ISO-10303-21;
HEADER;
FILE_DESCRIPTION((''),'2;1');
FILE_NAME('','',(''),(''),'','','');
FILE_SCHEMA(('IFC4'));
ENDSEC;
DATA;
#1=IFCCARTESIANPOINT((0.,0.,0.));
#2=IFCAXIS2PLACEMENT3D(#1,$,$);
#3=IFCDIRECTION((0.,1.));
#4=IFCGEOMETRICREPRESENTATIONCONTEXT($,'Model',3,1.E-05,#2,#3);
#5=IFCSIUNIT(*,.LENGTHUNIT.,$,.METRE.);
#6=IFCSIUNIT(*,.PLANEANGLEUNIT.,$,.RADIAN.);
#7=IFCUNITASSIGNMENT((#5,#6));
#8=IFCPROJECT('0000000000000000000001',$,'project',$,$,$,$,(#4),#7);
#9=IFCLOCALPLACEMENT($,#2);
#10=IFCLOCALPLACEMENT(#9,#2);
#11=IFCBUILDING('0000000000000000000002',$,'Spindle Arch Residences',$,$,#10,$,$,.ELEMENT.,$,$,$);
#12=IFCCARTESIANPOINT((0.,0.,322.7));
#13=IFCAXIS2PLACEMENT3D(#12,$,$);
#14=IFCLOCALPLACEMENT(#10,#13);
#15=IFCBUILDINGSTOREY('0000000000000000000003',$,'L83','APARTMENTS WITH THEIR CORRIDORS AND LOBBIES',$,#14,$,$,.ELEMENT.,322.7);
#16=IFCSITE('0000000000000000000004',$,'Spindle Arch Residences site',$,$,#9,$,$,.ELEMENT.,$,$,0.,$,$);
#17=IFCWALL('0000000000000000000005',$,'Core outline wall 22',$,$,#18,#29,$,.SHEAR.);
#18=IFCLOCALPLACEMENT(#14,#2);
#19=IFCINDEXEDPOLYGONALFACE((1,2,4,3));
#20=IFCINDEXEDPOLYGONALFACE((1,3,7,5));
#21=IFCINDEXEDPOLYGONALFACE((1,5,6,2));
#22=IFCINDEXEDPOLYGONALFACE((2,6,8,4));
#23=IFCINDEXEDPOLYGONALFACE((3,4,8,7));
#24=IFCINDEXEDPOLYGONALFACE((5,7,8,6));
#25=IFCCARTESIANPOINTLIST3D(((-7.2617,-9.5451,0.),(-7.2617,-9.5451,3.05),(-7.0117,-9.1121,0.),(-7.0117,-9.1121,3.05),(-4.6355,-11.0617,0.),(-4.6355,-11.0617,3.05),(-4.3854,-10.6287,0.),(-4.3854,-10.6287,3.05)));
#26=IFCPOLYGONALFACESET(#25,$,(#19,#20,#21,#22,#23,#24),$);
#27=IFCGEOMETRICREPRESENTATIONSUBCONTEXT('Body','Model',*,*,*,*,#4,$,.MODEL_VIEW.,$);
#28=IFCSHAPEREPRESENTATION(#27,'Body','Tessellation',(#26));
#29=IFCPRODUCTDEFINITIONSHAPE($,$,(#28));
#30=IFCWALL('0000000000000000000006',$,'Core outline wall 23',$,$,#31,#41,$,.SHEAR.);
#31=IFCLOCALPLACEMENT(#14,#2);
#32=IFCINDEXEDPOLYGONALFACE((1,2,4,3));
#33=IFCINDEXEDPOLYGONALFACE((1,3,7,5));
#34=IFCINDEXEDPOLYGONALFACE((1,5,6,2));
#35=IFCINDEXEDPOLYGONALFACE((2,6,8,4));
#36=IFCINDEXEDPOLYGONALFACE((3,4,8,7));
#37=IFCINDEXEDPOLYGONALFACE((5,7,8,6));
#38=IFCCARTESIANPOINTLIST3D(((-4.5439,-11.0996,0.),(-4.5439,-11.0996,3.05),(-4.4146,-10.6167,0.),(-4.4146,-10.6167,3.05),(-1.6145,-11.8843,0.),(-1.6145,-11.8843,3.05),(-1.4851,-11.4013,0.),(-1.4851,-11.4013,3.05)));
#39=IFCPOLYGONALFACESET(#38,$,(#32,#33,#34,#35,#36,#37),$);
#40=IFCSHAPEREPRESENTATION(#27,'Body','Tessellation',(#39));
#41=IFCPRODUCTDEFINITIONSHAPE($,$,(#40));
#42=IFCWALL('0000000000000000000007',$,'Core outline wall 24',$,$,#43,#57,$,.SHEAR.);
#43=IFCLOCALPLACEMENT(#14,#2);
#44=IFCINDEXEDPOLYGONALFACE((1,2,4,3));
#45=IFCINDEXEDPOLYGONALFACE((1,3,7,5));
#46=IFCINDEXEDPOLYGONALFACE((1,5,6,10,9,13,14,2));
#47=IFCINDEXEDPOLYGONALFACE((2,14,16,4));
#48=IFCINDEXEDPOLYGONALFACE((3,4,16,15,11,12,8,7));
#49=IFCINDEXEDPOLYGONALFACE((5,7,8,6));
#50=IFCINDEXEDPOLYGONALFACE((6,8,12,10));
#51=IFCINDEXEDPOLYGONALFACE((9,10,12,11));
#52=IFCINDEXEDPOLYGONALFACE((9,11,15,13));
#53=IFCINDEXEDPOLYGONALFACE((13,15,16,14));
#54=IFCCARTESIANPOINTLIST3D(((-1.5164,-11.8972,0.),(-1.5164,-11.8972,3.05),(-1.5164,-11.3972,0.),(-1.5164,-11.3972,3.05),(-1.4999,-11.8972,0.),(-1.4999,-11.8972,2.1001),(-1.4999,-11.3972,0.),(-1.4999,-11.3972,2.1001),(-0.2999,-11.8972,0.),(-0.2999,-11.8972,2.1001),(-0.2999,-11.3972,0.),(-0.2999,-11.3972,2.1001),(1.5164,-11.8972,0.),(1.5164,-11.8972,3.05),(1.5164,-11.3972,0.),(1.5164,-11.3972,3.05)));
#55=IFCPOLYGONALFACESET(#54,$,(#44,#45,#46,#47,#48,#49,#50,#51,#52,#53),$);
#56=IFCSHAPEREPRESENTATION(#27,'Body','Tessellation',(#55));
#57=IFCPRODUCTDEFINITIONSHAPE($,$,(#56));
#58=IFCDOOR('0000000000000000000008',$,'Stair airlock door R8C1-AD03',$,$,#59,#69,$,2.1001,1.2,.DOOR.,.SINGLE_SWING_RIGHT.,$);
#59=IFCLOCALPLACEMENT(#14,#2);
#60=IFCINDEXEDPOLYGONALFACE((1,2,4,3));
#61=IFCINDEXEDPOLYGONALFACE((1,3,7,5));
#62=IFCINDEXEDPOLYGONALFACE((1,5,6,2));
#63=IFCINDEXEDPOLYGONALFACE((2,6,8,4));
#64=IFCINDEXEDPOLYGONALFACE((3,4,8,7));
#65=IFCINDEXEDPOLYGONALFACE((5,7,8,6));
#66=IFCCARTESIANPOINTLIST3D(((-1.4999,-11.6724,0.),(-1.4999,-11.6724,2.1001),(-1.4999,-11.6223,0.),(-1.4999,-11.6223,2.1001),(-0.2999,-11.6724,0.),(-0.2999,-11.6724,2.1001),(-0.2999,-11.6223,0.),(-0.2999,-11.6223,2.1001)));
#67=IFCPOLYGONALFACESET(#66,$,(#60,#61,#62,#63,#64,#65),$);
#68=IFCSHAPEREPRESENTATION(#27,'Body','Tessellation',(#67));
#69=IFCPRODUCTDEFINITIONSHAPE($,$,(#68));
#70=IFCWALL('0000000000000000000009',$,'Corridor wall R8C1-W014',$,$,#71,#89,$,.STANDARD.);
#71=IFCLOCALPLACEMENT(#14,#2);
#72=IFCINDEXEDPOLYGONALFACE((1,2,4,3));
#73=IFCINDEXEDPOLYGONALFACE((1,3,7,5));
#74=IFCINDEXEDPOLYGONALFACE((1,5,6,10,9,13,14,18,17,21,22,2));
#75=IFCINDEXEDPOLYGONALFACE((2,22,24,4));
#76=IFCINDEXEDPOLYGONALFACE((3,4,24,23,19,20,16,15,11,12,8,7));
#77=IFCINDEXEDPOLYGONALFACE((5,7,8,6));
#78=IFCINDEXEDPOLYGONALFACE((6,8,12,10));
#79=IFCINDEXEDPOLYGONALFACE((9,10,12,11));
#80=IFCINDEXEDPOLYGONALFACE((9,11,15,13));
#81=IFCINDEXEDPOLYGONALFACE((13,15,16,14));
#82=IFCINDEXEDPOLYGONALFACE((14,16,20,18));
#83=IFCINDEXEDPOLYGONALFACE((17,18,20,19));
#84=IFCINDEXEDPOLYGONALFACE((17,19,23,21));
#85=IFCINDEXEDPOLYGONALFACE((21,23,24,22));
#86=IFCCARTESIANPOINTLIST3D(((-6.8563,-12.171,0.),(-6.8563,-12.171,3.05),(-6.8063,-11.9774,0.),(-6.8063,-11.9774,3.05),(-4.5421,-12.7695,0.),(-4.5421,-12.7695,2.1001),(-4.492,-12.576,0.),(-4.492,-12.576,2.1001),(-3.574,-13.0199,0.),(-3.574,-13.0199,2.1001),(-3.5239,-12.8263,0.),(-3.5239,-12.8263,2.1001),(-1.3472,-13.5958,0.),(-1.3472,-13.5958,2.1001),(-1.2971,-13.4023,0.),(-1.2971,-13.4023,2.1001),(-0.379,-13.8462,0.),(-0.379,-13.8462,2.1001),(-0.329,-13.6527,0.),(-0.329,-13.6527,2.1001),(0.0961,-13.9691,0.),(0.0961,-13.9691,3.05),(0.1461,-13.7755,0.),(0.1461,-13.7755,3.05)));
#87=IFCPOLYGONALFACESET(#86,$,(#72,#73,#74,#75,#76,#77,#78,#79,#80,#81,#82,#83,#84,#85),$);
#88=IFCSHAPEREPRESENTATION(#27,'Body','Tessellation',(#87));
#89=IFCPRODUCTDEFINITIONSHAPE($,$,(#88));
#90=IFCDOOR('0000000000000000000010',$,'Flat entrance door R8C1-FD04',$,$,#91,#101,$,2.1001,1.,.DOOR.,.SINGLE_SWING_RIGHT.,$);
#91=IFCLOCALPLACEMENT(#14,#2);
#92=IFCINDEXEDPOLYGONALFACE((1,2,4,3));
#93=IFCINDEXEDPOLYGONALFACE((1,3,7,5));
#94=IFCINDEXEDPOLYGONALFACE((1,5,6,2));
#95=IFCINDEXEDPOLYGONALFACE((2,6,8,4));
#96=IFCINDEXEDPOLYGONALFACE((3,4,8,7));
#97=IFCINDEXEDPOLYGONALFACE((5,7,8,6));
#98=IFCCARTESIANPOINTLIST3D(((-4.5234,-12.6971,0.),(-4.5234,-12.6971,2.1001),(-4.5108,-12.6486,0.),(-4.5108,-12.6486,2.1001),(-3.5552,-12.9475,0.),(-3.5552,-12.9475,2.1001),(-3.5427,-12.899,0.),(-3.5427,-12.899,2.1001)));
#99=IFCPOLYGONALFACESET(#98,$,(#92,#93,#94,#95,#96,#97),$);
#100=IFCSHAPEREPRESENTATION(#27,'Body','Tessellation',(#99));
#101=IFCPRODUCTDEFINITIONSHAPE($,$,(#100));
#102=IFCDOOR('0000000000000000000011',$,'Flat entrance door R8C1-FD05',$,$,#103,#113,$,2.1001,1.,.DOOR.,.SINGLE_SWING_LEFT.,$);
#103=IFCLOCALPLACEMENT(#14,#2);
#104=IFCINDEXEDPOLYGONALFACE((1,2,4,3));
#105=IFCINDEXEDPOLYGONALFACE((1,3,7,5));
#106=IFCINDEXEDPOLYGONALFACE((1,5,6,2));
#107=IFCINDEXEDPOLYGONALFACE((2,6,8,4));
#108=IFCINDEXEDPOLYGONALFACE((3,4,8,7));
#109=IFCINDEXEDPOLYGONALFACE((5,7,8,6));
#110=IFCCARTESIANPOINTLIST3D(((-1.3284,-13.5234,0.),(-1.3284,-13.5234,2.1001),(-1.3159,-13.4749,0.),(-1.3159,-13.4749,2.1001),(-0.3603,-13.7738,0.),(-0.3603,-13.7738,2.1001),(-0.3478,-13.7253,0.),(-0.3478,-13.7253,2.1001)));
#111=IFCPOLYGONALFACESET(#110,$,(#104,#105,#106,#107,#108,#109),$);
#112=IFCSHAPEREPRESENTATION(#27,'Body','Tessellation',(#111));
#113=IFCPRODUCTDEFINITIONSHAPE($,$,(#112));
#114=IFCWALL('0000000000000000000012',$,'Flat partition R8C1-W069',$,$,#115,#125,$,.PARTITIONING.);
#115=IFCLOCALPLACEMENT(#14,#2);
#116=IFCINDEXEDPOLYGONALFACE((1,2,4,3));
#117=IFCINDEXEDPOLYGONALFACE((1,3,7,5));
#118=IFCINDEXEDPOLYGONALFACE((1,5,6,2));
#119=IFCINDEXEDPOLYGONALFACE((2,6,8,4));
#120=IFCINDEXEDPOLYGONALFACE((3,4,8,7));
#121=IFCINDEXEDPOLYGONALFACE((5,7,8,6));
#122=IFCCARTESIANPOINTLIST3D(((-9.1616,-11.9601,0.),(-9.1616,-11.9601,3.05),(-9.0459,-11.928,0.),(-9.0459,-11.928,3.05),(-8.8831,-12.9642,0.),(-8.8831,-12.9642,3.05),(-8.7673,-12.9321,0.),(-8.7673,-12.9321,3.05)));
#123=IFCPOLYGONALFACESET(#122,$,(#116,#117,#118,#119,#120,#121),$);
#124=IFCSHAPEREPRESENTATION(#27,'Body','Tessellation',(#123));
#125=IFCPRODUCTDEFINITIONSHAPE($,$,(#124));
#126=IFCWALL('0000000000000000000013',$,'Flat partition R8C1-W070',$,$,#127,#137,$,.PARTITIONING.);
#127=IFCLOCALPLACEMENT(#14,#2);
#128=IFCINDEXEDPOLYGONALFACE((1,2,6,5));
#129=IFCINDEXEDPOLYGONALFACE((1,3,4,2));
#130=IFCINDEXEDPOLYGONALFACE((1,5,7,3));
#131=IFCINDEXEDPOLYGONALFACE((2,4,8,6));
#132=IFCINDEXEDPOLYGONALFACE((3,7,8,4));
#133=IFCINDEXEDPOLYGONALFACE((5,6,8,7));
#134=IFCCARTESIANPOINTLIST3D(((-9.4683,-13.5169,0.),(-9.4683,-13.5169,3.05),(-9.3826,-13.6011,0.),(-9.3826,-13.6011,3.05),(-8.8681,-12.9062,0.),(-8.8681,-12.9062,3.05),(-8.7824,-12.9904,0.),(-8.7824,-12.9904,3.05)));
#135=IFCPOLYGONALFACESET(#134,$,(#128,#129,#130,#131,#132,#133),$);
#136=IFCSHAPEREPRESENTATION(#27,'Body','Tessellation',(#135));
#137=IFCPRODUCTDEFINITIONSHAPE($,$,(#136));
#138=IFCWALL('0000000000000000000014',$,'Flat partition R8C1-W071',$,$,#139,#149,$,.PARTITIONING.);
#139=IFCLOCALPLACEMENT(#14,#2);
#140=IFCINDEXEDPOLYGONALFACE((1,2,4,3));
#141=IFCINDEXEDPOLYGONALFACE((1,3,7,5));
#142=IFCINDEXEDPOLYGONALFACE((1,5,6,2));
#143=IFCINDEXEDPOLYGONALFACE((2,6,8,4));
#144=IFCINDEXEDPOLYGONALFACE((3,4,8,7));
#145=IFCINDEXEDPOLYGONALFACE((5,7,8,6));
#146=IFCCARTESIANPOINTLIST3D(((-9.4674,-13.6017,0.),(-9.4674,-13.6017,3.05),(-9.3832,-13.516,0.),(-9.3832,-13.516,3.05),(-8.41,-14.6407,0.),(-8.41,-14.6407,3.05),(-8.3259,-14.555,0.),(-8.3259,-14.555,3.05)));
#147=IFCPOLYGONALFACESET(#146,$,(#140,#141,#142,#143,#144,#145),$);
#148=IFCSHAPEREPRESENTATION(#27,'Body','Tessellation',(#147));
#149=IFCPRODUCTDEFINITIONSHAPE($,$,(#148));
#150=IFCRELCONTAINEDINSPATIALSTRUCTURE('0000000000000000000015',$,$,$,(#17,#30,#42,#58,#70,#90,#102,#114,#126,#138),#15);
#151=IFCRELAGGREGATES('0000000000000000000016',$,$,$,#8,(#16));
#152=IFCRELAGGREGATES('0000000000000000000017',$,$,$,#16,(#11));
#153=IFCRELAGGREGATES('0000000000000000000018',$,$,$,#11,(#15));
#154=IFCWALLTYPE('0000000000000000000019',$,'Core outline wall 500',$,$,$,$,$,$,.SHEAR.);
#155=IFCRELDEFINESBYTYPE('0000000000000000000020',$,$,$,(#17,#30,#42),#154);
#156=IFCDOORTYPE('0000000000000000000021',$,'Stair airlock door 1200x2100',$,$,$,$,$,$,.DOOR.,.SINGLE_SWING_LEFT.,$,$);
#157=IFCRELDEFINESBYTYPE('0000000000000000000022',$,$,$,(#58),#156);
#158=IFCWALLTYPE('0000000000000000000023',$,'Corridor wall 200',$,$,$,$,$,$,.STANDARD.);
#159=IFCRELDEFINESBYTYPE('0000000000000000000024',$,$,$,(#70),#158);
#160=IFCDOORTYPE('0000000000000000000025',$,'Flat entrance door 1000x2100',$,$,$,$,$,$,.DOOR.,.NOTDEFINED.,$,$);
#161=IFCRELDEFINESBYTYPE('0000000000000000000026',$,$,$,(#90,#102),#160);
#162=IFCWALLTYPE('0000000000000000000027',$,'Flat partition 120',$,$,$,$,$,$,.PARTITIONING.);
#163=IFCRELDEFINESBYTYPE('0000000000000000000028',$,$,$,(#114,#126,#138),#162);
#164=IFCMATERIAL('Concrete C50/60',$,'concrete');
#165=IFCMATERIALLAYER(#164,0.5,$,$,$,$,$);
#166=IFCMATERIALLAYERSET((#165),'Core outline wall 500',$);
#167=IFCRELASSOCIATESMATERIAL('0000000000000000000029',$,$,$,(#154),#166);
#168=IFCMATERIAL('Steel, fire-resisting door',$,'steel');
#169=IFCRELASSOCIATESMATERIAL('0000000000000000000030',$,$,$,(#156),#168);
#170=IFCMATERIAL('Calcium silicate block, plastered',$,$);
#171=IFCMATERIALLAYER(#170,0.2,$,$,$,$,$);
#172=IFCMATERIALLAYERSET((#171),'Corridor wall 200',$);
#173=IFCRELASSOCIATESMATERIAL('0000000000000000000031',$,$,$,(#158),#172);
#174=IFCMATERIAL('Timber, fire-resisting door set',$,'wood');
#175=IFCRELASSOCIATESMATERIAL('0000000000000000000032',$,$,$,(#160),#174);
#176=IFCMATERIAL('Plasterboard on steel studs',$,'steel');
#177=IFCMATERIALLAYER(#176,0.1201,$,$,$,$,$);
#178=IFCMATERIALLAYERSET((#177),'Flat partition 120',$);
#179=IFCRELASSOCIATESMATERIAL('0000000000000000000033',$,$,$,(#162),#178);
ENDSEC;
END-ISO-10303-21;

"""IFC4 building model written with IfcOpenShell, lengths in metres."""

from ifc_helpers import new_model, si_unit, direction, frame, frame_2d, origin, place, context, subcontext, project, spatial, rectangle, extrude, material, layer, layer_set, type_object, element, fill, save


model = new_model("IFC4")

# Units and contexts
model_context = context("Model", 3, precision=1e-05, world=origin(), true_north=direction((0.0, 1.0)))
body_context = subcontext(model_context, "Body", "Model", "MODEL_VIEW")
ifc_project = project(units=[si_unit("LENGTHUNIT", "METRE"), si_unit("PLANEANGLEUNIT", "RADIAN")], contexts=[model_context])

# Site, building, storey
site_placement = place(None, origin())
site = spatial("IfcSite", under=ifc_project, at=site_placement, Name="Spindle Arch Residences site", CompositionType="ELEMENT", RefElevation=0.0)
building_placement = place(site_placement, origin())
building = spatial("IfcBuilding", under=site, at=building_placement, Name="Spindle Arch Residences", CompositionType="ELEMENT")
storey_placement = place(building_placement, frame((0.0, 0.0, 322.7)))
storey = spatial("IfcBuildingStorey", under=building, at=storey_placement, Name="L83", Description="APARTMENTS WITH THEIR CORRIDORS AND LOBBIES", CompositionType="ELEMENT", Elevation=322.7)

# Walls
ifc_material_1 = material(Name="Concrete C50/60", Category="concrete")
ifc_layer_1 = layer(ifc_material_1, 0.5)
ifc_layer_set_1 = layer_set([ifc_layer_1], Name="Core outline wall 500")
wall_type_1 = type_object("IfcWallType", Name="Core outline wall 500", PredefinedType="SHEAR", material=ifc_layer_set_1)
for number, where, z_axis, x_axis, name in (
    (1, (-7.1367, -9.3286, 0.0), (0.0, 0.0, 1.0), (0.865975, -0.500087, 0.0), "Core outline wall 22"),
    (2, (-4.4792, -10.8582, 0.0), (0.0, 0.0, 1.0), (0.965948, -0.258735, 0.0), "Core outline wall 23"),
):
    element("IfcWall", number, at=place(storey_placement, frame(where, z_axis=z_axis, x_axis=x_axis)), inside=storey, type_object=wall_type_1, Name=name, PredefinedType="SHEAR", context=body_context, shape_type="SweptSolid", body=[
        extrude(rectangle(XDim=3.0327, YDim=0.5, at=frame_2d((1.5164, 0.0))), origin(), (0.0, 0.0, 1.0), 3.05),
    ])

# Wall, opening, door
wall_1_placement = place(storey_placement, frame((-1.5164, -11.6472, 0.0), z_axis=(0.0, 0.0, 1.0), x_axis=(1.0, 0.0, 0.0)))
wall_1 = element("IfcWall", 3, at=wall_1_placement, inside=storey, type_object=wall_type_1, Name="Core outline wall 24", PredefinedType="SHEAR", context=body_context, shape_type="SweptSolid", body=[
    extrude(rectangle(XDim=3.0327, YDim=0.5, at=frame_2d((1.5164, 0.0))), origin(), (0.0, 0.0, 1.0), 3.05),
])
opening_1_placement = place(wall_1_placement, frame((0.0164, 0.0, 0.0)))
opening_1 = element("IfcOpeningElement", 4, at=opening_1_placement, cuts=wall_1, PredefinedType="OPENING", context=body_context, shape_type="SweptSolid", body=[
    extrude(rectangle(XDim=1.2, YDim=2.1001, at=frame_2d((0.6001, 1.05))), frame((0.0, 0.26, 0.0), z_axis=(0.0, -1.0, 0.0), x_axis=(1.0, 0.0, 0.0)), (0.0, 0.0, 1.0), 0.52),
])
ifc_material_2 = material(Name="Steel, fire-resisting door", Category="steel")
door_type_1 = type_object("IfcDoorType", Name="Stair airlock door 1200x2100", OperationType="SINGLE_SWING_LEFT", PredefinedType="DOOR", material=ifc_material_2)
door_1_placement = place(opening_1_placement, origin())
door_1 = element("IfcDoor", 5, at=door_1_placement, inside=storey, type_object=door_type_1, Name="Stair airlock door R8C1-AD03", OperationType="SINGLE_SWING_RIGHT", OverallHeight=2.1001, OverallWidth=1.2, PredefinedType="DOOR", context=body_context, shape_type="SweptSolid", body=[
    extrude(rectangle(XDim=1.2, YDim=2.1001, at=frame_2d((0.6001, 1.05))), frame((0.0, 0.0249, 0.0), z_axis=(0.0, -1.0, 0.0), x_axis=(1.0, 0.0, 0.0)), (0.0, 0.0, 1.0), 0.05),
])
fill(opening_1, door_1)

# Wall, openings, doors
ifc_material_3 = material(Name="Calcium silicate block, plastered")
ifc_layer_2 = layer(ifc_material_3, 0.2)
ifc_layer_set_2 = layer_set([ifc_layer_2], Name="Corridor wall 200")
wall_type_2 = type_object("IfcWallType", Name="Corridor wall 200", PredefinedType="STANDARD", material=ifc_layer_set_2)
wall_2_placement = place(storey_placement, frame((-6.8313, -12.0742, 0.0), z_axis=(0.0, 0.0, 1.0), x_axis=(0.968145, -0.250391, 0.0)))
wall_2 = element("IfcWall", 6, at=wall_2_placement, inside=storey, type_object=wall_type_2, Name="Corridor wall R8C1-W014", PredefinedType="STANDARD", context=body_context, shape_type="SweptSolid", body=[
    extrude(rectangle(XDim=7.1812, YDim=0.2, at=frame_2d((3.5906, 0.0))), origin(), (0.0, 0.0, 1.0), 3.05),
])
opening_2_placement = place(wall_2_placement, frame((2.3904, 0.0, 0.0)))
opening_2 = element("IfcOpeningElement", 7, at=opening_2_placement, cuts=wall_2, PredefinedType="OPENING", context=body_context, shape_type="SweptSolid", body=[
    extrude(rectangle(XDim=1.0, YDim=2.1001, at=frame_2d((0.5, 1.05))), frame((0.0, 0.1099, 0.0), z_axis=(0.0, -1.0, 0.0), x_axis=(1.0, 0.0, 0.0)), (0.0, 0.0, 1.0), 0.22),
])
opening_3_placement = place(wall_2_placement, frame((5.6904, 0.0, 0.0)))
opening_3 = element("IfcOpeningElement", 8, at=opening_3_placement, cuts=wall_2, PredefinedType="OPENING", context=body_context, shape_type="SweptSolid", body=[
    extrude(rectangle(XDim=1.0, YDim=2.1001, at=frame_2d((0.5, 1.05))), frame((0.0, 0.1099, 0.0), z_axis=(0.0, -1.0, 0.0), x_axis=(1.0, 0.0, 0.0)), (0.0, 0.0, 1.0), 0.22),
])
ifc_material_4 = material(Name="Timber, fire-resisting door set", Category="wood")
door_type_2 = type_object("IfcDoorType", Name="Flat entrance door 1000x2100", OperationType="NOTDEFINED", PredefinedType="DOOR", material=ifc_material_4)
door_2_placement = place(opening_2_placement, origin())
door_2 = element("IfcDoor", 9, at=door_2_placement, inside=storey, type_object=door_type_2, Name="Flat entrance door R8C1-FD04", OperationType="SINGLE_SWING_RIGHT", OverallHeight=2.1001, OverallWidth=1.0, PredefinedType="DOOR", context=body_context, shape_type="SweptSolid", body=[
    extrude(rectangle(XDim=1.0, YDim=2.1001, at=frame_2d((0.5, 1.05))), frame((0.0, 0.0249, 0.0), z_axis=(0.0, -1.0, 0.0), x_axis=(1.0, 0.0, 0.0)), (0.0, 0.0, 1.0), 0.05),
])
fill(opening_2, door_2)
door_3_placement = place(opening_3_placement, origin())
door_3 = element("IfcDoor", 10, at=door_3_placement, inside=storey, type_object=door_type_2, Name="Flat entrance door R8C1-FD05", OperationType="SINGLE_SWING_LEFT", OverallHeight=2.1001, OverallWidth=1.0, PredefinedType="DOOR", context=body_context, shape_type="SweptSolid", body=[
    extrude(rectangle(XDim=1.0, YDim=2.1001, at=frame_2d((0.5, 1.05))), frame((0.0, 0.0249, 0.0), z_axis=(0.0, -1.0, 0.0), x_axis=(1.0, 0.0, 0.0)), (0.0, 0.0, 1.0), 0.05),
])
fill(opening_3, door_3)

# Walls
ifc_material_5 = material(Name="Plasterboard on steel studs", Category="steel")
ifc_layer_3 = layer(ifc_material_5, 0.1201)
ifc_layer_set_3 = layer_set([ifc_layer_3], Name="Flat partition 120")
wall_type_3 = type_object("IfcWallType", Name="Flat partition 120", PredefinedType="PARTITIONING", material=ifc_layer_set_3)
wall_3_placement = place(storey_placement, frame((-9.1038, -11.9441, 0.0), z_axis=(0.0, 0.0, 1.0), x_axis=(0.267318, -0.963608, 0.0)))
element("IfcWall", 11, at=wall_3_placement, inside=storey, type_object=wall_type_3, Name="Flat partition R8C1-W069", PredefinedType="PARTITIONING", context=body_context, shape_type="SweptSolid", body=[
    extrude(rectangle(XDim=1.042, YDim=0.1201, at=frame_2d((0.521, 0.0))), origin(), (0.0, 0.0, 1.0), 3.05),
])
wall_4_placement = place(storey_placement, frame((-8.8252, -12.9482, 0.0), z_axis=(0.0, 0.0, 1.0), x_axis=(-0.700949, -0.713211, 0.0)))
element("IfcWall", 12, at=wall_4_placement, inside=storey, type_object=wall_type_3, Name="Flat partition R8C1-W070", PredefinedType="PARTITIONING", context=body_context, shape_type="SweptSolid", body=[
    extrude(rectangle(XDim=0.8562, YDim=0.1201, at=frame_2d((0.4282, 0.0))), origin(), (0.0, 0.0, 1.0), 3.05),
])
wall_5_placement = place(storey_placement, frame((-9.4253, -13.5588, 0.0), z_axis=(0.0, 0.0, 1.0), x_axis=(0.713256, -0.700904, 0.0)))
element("IfcWall", 13, at=wall_5_placement, inside=storey, type_object=wall_type_3, Name="Flat partition R8C1-W071", PredefinedType="PARTITIONING", context=body_context, shape_type="SweptSolid", body=[
    extrude(rectangle(XDim=1.4824, YDim=0.1201, at=frame_2d((0.7412, 0.0))), origin(), (0.0, 0.0, 1.0), 3.05),
])

save(model, "model.ifc")
